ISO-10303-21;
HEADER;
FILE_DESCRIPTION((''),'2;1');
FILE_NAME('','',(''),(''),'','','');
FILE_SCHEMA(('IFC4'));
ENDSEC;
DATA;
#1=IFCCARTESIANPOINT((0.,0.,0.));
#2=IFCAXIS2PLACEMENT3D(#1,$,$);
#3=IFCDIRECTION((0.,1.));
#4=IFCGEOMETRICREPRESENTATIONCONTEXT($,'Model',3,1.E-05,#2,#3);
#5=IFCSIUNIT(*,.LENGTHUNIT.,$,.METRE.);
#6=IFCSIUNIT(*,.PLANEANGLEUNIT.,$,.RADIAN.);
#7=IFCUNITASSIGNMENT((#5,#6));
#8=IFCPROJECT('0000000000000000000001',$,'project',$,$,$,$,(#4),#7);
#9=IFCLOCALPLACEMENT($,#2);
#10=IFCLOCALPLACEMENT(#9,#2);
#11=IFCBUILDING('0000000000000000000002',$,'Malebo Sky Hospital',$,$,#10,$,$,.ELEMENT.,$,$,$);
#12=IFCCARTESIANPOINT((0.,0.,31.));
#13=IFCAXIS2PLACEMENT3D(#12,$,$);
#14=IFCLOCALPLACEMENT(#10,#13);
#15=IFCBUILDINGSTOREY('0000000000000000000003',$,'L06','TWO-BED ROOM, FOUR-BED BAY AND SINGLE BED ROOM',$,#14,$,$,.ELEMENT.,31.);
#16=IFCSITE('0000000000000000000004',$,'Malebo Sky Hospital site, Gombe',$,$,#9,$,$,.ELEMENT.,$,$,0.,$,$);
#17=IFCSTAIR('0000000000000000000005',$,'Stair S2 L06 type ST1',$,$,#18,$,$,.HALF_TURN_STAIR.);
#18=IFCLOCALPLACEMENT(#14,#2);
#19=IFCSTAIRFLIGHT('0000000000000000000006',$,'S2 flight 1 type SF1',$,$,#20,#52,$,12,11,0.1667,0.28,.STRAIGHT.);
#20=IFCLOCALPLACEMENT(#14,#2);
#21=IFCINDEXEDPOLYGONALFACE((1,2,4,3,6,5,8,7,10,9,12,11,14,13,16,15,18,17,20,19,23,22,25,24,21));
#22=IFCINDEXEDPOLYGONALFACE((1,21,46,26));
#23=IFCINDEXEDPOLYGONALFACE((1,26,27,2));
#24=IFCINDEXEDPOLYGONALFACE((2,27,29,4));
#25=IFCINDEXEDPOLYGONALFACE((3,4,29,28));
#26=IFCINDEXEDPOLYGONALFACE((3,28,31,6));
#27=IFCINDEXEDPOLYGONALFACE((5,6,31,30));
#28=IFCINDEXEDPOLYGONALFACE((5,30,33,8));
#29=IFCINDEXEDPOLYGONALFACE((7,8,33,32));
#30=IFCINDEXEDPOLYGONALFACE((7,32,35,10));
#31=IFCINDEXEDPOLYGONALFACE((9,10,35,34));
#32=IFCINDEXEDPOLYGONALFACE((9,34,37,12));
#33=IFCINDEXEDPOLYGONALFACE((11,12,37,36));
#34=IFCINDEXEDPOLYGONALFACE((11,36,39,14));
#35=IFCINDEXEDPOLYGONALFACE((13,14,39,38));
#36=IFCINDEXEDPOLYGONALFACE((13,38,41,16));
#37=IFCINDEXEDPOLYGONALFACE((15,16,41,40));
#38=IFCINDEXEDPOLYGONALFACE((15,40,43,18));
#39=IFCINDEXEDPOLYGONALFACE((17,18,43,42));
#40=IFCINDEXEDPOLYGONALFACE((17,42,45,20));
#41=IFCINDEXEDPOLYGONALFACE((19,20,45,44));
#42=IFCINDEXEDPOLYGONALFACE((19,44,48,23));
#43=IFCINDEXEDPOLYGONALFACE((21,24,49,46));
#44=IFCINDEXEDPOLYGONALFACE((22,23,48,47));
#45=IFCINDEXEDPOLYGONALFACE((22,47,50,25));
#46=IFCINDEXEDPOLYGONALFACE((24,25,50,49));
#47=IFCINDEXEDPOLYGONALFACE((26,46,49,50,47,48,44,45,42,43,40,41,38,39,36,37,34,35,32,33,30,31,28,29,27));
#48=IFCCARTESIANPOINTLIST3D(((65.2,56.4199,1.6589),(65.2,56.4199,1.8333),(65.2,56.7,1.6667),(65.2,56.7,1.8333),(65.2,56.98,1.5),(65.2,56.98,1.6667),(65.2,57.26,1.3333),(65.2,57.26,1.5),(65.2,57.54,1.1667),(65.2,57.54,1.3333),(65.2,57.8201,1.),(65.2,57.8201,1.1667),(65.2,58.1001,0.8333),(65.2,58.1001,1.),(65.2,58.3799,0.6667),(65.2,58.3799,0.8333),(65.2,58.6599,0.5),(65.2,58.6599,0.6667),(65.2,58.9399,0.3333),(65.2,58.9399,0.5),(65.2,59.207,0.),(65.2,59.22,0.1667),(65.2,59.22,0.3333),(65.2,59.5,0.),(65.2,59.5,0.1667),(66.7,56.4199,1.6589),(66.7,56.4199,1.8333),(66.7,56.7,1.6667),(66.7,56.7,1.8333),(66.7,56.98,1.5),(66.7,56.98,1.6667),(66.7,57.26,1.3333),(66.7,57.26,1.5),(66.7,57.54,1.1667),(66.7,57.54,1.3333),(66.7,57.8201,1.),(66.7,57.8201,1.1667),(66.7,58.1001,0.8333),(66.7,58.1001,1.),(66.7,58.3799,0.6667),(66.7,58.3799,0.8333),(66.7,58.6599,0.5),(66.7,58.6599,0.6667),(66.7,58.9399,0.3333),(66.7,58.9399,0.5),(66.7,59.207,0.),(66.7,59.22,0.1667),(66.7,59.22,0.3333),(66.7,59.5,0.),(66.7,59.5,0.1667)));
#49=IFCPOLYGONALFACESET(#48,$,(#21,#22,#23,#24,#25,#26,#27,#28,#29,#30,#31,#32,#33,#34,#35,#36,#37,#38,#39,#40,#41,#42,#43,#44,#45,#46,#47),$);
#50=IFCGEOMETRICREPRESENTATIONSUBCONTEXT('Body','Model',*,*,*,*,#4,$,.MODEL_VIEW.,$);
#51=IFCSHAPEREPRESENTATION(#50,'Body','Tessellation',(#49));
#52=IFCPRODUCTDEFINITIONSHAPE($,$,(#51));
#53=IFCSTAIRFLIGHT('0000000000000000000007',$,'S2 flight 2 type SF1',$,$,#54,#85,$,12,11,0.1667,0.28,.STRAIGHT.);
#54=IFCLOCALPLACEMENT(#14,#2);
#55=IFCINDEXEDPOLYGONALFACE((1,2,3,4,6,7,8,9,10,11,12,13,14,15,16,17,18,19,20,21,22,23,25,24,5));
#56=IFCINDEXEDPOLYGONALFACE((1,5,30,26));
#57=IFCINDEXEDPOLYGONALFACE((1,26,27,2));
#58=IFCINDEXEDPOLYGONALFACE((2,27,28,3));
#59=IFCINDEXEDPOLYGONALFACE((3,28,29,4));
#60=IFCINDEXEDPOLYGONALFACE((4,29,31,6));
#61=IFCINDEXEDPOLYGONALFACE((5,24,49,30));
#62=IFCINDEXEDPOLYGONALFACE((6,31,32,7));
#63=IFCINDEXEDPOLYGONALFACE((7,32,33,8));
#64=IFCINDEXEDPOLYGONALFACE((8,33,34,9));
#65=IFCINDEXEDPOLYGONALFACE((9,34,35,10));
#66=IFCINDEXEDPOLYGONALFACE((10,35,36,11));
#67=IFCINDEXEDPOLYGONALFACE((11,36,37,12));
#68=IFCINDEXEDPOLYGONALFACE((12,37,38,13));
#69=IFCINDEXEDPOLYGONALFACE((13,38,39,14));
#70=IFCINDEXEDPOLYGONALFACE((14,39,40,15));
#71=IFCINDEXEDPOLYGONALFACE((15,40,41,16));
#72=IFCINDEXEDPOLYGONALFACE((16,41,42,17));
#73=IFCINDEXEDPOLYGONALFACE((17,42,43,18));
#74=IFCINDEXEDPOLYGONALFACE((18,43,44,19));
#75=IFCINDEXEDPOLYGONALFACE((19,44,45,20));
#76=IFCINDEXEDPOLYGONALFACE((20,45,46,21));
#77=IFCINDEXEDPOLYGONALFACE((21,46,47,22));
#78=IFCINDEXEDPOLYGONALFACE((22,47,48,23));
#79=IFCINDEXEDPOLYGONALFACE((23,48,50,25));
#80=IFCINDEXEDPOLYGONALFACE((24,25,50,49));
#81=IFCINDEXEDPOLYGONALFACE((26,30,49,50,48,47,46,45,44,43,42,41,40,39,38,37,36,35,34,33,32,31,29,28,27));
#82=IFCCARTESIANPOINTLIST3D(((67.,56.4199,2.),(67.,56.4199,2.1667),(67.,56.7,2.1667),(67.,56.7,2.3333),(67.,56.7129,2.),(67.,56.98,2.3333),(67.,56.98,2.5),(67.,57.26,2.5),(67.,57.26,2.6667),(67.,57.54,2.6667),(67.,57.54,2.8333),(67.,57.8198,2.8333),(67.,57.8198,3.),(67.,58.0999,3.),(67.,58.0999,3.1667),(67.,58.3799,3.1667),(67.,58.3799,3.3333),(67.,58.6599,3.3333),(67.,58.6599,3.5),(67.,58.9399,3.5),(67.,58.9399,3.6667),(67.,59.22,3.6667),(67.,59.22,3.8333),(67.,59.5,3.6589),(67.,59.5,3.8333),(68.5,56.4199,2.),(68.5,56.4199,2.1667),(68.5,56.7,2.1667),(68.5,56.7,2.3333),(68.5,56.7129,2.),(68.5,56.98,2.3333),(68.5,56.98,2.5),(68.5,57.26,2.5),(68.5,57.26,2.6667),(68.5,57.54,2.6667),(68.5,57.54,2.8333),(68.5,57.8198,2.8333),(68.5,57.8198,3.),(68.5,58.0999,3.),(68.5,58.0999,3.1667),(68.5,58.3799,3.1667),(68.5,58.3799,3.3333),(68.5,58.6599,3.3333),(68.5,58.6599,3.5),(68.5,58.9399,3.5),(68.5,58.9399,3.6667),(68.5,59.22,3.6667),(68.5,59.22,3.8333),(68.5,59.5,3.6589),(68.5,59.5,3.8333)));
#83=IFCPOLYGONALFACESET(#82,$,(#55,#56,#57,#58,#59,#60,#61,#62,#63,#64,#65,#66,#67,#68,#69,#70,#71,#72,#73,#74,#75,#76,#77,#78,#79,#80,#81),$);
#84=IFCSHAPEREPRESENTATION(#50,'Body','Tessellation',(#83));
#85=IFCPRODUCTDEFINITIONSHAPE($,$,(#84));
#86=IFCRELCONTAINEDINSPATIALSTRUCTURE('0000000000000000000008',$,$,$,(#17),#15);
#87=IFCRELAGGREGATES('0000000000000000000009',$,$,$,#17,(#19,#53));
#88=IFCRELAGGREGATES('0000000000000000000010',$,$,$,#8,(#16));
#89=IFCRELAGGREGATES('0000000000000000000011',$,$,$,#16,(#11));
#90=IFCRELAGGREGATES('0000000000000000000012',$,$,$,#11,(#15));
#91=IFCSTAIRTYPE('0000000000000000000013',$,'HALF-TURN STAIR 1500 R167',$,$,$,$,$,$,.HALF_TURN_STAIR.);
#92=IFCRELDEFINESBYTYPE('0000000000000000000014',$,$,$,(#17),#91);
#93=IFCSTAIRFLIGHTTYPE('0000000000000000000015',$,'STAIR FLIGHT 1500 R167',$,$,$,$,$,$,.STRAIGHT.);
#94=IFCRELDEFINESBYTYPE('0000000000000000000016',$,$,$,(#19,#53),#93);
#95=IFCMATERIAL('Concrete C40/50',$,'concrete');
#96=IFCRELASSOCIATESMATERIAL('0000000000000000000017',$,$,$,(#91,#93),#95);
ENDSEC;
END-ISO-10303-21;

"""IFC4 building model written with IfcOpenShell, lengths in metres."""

from ifc_helpers import new_model, si_unit, direction, frame, origin, place, context, subcontext, project, spatial, polyline, outline, extrude, material, type_object, element, aggregate, save


model = new_model("IFC4")

# Units and contexts
model_context = context("Model", 3, precision=1e-05, world=origin(), true_north=direction((0.0, 1.0)))
body_context = subcontext(model_context, "Body", "Model", "MODEL_VIEW")
ifc_project = project(units=[si_unit("LENGTHUNIT", "METRE"), si_unit("PLANEANGLEUNIT", "RADIAN")], contexts=[model_context])

# Site, building, storey
site_placement = place(None, origin())
site = spatial("IfcSite", under=ifc_project, at=site_placement, Name="Malebo Sky Hospital site, Gombe", CompositionType="ELEMENT", RefElevation=0.0)
building_placement = place(site_placement, origin())
building = spatial("IfcBuilding", under=site, at=building_placement, Name="Malebo Sky Hospital", CompositionType="ELEMENT")
storey_placement = place(building_placement, frame((0.0, 0.0, 31.0)))
storey = spatial("IfcBuildingStorey", under=building, at=storey_placement, Name="L06", Description="TWO-BED ROOM, FOUR-BED BAY AND SINGLE BED ROOM", CompositionType="ELEMENT", Elevation=31.0)

# Stair, stair flights
ifc_material_1 = material(Name="Concrete C40/50", Category="concrete")
stair_type = type_object("IfcStairType", Name="HALF-TURN STAIR 1500 R167", PredefinedType="HALF_TURN_STAIR", material=ifc_material_1)
stair_placement = place(storey_placement, origin())
stair = element("IfcStair", 1, at=stair_placement, inside=storey, type_object=stair_type, Name="Stair S2 L06 type ST1", PredefinedType="HALF_TURN_STAIR")
stair_flight_type = type_object("IfcStairFlightType", Name="STAIR FLIGHT 1500 R167", PredefinedType="STRAIGHT", material=ifc_material_1)
stair_flight_1_placement = place(storey_placement, frame((65.95, 59.5, 0.0), z_axis=(0.0, 0.0, 1.0), x_axis=(0.0, -1.0, 0.0)))
stair_flight_1 = element("IfcStairFlight", 2, at=stair_flight_1_placement, type_object=stair_flight_type, Name="S2 flight 1 type SF1", NumberOfRisers=12, NumberOfTreads=11, PredefinedType="STRAIGHT", RiserHeight=0.1667, TreadLength=0.28, context=body_context, shape_type="SweptSolid", body=[
    extrude(outline(polyline([(0.0, 0.0), (0.0, 0.1667), (0.28, 0.1667), (0.28, 0.3333), (0.5601, 0.3333), (0.5601, 0.5), (0.8401, 0.5), (0.8401, 0.6667), (1.1201, 0.6667), (1.1201, 0.8333), (1.3999, 0.8333), (1.3999, 1.0), (1.6799, 1.0), (1.6799, 1.1667), (1.96, 1.1667), (1.96, 1.3333), (2.24, 1.3333), (2.24, 1.5), (2.52, 1.5), (2.52, 1.6667), (2.8, 1.6667), (2.8, 1.8333), (3.0801, 1.8333), (3.0801, 2.0), (3.0801, 1.6589), (0.293, 0.0), (0.0, 0.0)])), frame((0.0, 0.75, 0.0), z_axis=(0.0, -1.0, 0.0), x_axis=(1.0, 0.0, 0.0)), (0.0, 0.0, 1.0), 1.5),
])
stair_flight_2_placement = place(storey_placement, frame((67.75, 56.4199, 2.0), z_axis=(0.0, 0.0, 1.0), x_axis=(0.0, 1.0, 0.0)))
stair_flight_2 = element("IfcStairFlight", 3, at=stair_flight_2_placement, type_object=stair_flight_type, Name="S2 flight 2 type SF1", NumberOfRisers=12, NumberOfTreads=11, PredefinedType="STRAIGHT", RiserHeight=0.1667, TreadLength=0.28, context=body_context, shape_type="SweptSolid", body=[
    extrude(outline(polyline([(0.0, 0.0), (0.0, 0.1667), (0.28, 0.1667), (0.28, 0.3333), (0.5601, 0.3333), (0.5601, 0.5), (0.8401, 0.5), (0.8401, 0.6667), (1.1201, 0.6667), (1.1201, 0.8333), (1.3999, 0.8333), (1.3999, 1.0), (1.6799, 1.0), (1.6799, 1.1667), (1.96, 1.1667), (1.96, 1.3333), (2.24, 1.3333), (2.24, 1.5), (2.52, 1.5), (2.52, 1.6667), (2.8, 1.6667), (2.8, 1.8333), (3.0801, 1.8333), (3.0801, 2.0), (3.0801, 1.6589), (0.293, 0.0), (0.0, 0.0)])), frame((0.0, 0.75, 0.0), z_axis=(0.0, -1.0, 0.0), x_axis=(1.0, 0.0, 0.0)), (0.0, 0.0, 1.0), 1.5),
])
aggregate(stair, [stair_flight_1, stair_flight_2])

save(model, "model.ifc")
